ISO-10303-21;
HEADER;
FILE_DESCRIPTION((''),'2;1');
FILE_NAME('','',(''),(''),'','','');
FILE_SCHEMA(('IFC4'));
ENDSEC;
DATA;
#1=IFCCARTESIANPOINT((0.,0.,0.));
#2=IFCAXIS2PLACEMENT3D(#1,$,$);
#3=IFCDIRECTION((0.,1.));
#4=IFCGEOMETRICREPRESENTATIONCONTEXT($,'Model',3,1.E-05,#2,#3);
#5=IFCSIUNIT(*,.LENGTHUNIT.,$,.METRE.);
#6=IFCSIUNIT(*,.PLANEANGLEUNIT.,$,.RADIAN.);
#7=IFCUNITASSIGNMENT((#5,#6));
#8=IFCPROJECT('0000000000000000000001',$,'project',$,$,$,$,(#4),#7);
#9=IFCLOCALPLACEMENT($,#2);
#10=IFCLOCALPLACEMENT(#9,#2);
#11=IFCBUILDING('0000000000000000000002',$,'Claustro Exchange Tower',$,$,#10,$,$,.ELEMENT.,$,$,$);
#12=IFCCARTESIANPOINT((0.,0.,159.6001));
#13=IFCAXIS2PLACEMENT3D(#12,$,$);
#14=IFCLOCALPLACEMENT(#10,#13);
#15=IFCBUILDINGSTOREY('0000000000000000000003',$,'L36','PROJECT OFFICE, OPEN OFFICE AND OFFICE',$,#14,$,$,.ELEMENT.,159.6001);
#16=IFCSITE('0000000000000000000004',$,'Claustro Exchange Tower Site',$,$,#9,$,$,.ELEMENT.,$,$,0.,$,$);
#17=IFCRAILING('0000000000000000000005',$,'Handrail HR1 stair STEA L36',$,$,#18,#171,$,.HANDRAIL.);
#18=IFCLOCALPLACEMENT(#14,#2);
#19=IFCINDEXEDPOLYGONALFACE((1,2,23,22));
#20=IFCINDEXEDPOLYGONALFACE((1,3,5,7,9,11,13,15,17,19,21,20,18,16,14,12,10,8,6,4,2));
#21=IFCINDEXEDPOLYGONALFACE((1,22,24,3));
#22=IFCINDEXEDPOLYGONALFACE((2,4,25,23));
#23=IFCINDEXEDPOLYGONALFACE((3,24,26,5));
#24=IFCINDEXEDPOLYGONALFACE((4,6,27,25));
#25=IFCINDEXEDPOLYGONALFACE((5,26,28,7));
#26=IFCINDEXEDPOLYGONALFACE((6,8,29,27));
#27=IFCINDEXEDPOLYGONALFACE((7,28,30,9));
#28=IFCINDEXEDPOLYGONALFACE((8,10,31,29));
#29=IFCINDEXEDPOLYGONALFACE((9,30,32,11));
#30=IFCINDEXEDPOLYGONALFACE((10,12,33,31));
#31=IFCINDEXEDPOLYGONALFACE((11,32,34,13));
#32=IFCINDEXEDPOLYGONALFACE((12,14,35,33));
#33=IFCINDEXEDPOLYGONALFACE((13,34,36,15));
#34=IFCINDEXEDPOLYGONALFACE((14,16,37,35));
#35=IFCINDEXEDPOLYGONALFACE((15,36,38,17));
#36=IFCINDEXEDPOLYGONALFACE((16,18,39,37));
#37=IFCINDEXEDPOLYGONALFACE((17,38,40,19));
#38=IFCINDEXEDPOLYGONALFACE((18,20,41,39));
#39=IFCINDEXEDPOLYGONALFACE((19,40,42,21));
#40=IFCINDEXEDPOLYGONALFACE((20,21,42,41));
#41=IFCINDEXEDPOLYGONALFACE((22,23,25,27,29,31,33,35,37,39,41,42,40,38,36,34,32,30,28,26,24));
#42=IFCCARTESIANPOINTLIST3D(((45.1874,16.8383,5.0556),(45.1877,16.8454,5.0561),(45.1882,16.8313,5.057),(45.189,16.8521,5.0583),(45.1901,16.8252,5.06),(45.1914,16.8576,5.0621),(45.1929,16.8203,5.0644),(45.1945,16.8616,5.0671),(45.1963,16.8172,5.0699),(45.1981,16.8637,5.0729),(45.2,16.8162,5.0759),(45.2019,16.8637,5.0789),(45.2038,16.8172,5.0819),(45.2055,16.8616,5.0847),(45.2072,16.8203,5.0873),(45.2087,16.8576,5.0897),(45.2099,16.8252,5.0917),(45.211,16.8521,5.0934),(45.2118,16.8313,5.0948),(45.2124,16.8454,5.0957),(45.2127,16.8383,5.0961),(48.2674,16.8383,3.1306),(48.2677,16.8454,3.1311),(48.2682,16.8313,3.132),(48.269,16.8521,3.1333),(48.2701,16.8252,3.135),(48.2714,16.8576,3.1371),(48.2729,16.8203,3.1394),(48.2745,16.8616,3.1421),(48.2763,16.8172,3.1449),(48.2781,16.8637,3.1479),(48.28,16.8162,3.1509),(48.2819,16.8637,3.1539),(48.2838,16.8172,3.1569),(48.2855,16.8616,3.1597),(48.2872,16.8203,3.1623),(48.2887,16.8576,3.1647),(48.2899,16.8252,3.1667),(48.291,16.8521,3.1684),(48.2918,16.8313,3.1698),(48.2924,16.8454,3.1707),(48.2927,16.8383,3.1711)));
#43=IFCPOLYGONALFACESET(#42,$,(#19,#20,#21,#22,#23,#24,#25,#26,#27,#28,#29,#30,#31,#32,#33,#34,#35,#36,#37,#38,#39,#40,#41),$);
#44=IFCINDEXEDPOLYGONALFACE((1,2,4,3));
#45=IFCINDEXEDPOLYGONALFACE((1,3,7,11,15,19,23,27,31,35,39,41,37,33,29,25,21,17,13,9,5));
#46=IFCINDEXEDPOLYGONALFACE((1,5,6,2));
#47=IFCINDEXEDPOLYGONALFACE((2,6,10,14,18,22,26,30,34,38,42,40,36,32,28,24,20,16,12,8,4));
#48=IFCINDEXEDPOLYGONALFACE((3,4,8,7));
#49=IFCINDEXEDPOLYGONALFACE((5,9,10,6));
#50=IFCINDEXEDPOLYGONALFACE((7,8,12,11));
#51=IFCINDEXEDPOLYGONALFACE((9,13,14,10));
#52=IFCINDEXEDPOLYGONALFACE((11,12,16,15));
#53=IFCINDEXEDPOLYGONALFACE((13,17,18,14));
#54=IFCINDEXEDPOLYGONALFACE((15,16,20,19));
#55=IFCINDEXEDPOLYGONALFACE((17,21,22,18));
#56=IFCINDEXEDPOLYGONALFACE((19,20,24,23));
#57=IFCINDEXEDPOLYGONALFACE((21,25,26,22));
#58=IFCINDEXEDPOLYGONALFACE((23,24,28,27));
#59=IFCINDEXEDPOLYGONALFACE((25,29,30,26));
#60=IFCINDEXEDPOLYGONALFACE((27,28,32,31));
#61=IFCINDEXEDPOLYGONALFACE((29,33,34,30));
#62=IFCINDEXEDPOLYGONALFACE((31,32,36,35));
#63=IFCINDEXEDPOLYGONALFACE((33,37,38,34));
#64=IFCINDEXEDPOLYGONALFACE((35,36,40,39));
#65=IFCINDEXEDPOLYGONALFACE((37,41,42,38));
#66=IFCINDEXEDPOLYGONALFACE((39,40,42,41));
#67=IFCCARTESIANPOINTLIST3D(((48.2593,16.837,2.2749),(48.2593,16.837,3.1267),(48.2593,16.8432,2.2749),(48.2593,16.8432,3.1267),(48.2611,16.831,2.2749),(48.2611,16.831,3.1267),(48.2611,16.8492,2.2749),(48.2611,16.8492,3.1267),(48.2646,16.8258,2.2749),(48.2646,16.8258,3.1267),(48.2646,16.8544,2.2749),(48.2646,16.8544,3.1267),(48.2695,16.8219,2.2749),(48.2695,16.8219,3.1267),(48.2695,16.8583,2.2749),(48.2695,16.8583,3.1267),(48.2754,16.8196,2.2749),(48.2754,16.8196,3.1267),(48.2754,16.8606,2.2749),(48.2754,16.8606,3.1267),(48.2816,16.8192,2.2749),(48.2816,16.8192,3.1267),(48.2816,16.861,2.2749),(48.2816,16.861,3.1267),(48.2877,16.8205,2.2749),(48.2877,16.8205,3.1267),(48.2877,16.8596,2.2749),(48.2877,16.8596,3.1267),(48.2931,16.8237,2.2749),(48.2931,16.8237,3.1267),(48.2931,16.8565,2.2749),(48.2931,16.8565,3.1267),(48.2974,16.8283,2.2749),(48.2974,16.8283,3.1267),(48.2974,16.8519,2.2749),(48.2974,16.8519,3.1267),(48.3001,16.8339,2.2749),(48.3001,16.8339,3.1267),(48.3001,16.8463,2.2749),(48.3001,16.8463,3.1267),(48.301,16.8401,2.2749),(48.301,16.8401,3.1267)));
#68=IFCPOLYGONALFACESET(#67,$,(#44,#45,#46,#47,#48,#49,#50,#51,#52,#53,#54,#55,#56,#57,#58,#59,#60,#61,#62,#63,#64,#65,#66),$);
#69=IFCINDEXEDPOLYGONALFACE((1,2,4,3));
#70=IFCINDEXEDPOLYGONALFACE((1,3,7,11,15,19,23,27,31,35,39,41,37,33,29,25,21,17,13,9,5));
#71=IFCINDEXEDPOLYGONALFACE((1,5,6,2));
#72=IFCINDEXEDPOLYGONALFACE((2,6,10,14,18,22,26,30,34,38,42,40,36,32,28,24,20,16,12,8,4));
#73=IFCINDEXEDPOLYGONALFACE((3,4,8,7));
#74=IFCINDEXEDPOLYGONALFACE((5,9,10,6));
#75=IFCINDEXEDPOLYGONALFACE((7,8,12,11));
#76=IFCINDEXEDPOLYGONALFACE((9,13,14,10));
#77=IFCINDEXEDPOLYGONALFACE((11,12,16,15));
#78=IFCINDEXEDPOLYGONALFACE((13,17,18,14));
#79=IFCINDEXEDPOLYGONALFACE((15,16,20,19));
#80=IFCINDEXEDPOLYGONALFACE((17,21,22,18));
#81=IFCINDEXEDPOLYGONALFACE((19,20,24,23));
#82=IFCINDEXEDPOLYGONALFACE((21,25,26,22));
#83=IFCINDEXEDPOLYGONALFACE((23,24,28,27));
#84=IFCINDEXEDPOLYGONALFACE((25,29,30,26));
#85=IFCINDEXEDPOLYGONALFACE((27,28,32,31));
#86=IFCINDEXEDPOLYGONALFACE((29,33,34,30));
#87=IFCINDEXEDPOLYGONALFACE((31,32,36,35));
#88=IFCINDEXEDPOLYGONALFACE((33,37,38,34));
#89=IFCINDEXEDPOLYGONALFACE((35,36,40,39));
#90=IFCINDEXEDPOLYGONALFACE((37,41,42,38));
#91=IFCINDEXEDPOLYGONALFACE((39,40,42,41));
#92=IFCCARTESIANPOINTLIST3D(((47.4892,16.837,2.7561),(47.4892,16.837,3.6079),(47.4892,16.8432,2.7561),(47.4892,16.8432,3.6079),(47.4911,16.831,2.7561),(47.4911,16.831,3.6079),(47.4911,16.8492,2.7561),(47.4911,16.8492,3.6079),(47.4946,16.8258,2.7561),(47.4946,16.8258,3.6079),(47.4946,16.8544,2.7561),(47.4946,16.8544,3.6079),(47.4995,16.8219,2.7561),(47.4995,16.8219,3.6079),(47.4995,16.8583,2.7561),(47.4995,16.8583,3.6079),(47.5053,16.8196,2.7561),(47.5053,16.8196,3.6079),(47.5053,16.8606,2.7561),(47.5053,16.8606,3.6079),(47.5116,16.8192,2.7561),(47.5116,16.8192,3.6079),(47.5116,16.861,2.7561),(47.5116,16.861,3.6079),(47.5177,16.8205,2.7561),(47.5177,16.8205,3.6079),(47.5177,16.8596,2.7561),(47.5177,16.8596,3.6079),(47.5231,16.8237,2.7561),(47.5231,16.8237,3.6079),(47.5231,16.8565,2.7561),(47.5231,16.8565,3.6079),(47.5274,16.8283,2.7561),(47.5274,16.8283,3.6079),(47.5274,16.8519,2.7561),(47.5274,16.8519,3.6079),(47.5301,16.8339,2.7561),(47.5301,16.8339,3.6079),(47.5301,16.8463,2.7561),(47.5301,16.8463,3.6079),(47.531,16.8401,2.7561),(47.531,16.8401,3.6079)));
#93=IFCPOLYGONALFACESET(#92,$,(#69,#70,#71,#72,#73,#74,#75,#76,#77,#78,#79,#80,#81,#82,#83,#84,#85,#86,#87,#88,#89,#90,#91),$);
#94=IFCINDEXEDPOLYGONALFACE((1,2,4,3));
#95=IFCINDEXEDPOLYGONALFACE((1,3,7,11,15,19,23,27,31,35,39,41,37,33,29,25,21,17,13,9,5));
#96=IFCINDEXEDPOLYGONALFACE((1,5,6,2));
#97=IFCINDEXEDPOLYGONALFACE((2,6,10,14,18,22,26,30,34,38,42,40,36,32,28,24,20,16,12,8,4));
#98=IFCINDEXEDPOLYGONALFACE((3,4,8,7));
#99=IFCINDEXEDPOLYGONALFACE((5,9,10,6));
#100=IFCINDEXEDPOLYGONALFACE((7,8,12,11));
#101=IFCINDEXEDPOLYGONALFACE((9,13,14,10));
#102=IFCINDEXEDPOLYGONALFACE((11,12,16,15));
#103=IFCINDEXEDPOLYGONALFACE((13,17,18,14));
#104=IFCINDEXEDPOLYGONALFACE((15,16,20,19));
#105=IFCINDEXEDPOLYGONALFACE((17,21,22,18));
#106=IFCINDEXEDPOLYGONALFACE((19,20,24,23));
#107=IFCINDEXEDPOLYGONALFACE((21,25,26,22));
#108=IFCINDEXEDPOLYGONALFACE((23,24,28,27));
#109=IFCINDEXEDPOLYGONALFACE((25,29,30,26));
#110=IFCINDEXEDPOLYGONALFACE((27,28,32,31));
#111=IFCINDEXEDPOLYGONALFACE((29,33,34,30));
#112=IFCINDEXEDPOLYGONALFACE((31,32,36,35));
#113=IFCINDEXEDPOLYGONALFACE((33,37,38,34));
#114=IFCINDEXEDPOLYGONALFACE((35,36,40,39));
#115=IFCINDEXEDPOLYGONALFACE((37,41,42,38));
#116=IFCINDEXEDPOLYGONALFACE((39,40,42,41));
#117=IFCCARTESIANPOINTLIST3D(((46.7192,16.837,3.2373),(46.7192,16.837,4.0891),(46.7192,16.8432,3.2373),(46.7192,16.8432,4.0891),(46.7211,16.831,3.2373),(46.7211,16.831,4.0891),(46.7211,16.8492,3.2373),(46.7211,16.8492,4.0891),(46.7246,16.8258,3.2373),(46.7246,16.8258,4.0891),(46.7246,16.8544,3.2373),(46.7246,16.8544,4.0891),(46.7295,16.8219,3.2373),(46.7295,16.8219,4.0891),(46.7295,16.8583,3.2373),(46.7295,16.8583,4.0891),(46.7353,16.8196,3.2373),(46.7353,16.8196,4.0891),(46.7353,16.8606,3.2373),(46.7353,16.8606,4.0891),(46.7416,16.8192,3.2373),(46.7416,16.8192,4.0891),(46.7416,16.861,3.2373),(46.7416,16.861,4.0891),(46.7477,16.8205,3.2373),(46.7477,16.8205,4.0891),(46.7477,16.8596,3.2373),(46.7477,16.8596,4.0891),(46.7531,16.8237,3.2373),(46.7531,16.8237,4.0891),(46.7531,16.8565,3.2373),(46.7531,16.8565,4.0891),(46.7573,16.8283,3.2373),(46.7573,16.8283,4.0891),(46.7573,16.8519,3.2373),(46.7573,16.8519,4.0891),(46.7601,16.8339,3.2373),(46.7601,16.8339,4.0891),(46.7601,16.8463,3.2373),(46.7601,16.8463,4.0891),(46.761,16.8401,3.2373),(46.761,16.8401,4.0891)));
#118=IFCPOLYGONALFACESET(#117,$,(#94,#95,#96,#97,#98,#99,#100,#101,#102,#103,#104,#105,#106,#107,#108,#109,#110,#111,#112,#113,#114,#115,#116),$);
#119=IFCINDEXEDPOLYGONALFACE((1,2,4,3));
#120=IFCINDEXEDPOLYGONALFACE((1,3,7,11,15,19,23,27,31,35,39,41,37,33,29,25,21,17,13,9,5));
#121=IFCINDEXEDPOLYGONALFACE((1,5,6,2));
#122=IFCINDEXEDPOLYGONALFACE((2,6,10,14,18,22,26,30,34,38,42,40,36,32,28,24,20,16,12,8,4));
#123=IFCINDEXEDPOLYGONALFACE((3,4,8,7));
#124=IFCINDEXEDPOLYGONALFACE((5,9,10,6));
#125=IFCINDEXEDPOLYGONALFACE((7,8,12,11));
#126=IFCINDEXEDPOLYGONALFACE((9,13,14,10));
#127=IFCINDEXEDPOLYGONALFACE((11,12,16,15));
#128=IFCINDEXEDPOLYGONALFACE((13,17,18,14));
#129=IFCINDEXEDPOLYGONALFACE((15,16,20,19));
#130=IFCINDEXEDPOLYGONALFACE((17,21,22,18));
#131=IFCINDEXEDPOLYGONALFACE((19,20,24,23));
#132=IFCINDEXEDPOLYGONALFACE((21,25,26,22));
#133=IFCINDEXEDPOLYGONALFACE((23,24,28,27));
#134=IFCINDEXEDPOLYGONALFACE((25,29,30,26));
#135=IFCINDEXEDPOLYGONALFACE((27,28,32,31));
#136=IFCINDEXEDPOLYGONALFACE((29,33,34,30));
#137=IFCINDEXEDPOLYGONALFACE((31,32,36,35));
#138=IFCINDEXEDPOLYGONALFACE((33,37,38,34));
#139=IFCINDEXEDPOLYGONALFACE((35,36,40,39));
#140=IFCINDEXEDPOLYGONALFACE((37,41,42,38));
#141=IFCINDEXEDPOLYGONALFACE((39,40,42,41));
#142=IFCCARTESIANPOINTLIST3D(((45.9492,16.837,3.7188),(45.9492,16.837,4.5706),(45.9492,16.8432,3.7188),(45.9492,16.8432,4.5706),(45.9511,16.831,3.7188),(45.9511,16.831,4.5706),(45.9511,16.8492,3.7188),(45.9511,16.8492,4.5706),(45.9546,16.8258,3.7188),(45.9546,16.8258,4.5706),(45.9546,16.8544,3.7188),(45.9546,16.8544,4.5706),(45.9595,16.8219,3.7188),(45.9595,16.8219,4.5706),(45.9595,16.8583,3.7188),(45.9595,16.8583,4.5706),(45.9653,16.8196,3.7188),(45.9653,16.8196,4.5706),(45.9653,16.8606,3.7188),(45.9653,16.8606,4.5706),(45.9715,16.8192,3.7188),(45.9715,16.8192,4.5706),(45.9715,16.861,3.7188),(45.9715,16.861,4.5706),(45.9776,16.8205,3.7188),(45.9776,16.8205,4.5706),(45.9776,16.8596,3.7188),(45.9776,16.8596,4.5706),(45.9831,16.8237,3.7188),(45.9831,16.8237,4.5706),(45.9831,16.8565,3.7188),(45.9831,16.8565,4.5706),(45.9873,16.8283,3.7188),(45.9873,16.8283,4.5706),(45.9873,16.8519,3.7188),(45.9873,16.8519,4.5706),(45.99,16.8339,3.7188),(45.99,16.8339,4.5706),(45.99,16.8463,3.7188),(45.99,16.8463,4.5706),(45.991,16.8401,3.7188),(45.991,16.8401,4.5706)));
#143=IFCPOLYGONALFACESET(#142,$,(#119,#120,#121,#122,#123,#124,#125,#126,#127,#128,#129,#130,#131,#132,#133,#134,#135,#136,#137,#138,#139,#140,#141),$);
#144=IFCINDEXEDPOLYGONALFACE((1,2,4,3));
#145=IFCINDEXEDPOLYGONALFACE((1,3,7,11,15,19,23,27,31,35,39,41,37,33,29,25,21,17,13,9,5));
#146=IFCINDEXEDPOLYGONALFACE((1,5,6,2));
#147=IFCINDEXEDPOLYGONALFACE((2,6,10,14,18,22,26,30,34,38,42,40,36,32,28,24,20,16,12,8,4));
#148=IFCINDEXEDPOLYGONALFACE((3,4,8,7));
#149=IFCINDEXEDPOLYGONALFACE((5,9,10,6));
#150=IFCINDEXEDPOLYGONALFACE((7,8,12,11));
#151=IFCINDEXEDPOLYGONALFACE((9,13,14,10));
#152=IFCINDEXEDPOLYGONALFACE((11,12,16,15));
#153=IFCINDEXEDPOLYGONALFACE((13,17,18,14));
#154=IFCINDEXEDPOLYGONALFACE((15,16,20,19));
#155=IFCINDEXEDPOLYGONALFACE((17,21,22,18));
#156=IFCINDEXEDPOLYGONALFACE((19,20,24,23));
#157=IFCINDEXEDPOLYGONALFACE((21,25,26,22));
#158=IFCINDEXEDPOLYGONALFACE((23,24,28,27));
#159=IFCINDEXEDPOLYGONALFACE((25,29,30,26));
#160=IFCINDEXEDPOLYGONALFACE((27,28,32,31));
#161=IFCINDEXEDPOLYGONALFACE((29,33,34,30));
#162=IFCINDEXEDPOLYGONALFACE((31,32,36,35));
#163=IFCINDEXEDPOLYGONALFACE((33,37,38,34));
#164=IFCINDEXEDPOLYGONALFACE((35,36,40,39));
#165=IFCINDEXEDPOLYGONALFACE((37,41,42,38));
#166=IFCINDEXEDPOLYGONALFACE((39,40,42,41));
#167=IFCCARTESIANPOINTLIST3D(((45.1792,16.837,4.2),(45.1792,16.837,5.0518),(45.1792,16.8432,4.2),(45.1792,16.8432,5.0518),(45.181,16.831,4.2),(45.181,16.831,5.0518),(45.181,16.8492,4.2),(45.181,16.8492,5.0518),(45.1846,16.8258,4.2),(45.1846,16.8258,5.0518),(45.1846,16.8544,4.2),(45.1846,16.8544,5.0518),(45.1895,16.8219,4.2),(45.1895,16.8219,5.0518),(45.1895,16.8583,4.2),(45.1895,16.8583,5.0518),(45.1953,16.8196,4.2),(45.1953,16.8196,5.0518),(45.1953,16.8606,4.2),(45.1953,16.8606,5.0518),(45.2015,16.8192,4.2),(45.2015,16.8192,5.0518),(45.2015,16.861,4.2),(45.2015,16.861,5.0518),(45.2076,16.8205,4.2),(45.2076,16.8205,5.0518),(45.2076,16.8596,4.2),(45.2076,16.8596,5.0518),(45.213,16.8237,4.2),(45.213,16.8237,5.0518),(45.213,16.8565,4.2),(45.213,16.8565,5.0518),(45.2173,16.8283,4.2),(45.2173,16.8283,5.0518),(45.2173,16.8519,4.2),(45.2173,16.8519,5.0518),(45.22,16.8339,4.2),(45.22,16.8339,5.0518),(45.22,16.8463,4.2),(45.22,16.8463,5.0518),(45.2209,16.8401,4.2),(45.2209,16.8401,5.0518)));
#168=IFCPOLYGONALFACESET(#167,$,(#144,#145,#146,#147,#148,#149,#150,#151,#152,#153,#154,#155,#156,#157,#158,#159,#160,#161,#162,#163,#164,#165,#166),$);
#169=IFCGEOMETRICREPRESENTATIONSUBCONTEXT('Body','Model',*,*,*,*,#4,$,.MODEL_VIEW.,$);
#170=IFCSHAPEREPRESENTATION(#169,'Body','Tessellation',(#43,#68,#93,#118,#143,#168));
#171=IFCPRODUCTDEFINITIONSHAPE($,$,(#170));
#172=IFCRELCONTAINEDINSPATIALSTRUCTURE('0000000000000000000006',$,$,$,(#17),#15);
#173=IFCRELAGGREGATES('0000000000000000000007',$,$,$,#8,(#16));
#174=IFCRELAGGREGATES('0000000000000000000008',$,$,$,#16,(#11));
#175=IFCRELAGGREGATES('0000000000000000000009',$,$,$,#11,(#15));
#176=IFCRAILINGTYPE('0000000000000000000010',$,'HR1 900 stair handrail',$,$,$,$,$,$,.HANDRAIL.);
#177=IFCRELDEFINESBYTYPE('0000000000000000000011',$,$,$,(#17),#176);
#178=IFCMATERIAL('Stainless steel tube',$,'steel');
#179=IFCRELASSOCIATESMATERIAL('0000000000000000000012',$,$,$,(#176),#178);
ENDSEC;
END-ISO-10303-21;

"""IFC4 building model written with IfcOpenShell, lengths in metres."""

from ifc_helpers import new_model, si_unit, direction, frame, origin, origin_2d, place, context, subcontext, project, spatial, circle, extrude, material, type_object, element, save


model = new_model("IFC4")

# Units and contexts
model_context = context("Model", 3, precision=1e-05, world=origin(), true_north=direction((0.0, 1.0)))
body_context = subcontext(model_context, "Body", "Model", "MODEL_VIEW")
ifc_project = project(units=[si_unit("LENGTHUNIT", "METRE"), si_unit("PLANEANGLEUNIT", "RADIAN")], contexts=[model_context])

# Site, building, storey
site_placement = place(None, origin())
site = spatial("IfcSite", under=ifc_project, at=site_placement, Name="Claustro Exchange Tower Site", CompositionType="ELEMENT", RefElevation=0.0)
building_placement = place(site_placement, origin())
building = spatial("IfcBuilding", under=site, at=building_placement, Name="Claustro Exchange Tower", CompositionType="ELEMENT")
storey_placement = place(building_placement, frame((0.0, 0.0, 159.6001)))
storey = spatial("IfcBuildingStorey", under=building, at=storey_placement, Name="L36", Description="PROJECT OFFICE, OPEN OFFICE AND OFFICE", CompositionType="ELEMENT", Elevation=159.6001)

# Railing
ifc_material_1 = material(Name="Stainless steel tube", Category="steel")
railing_type = type_object("IfcRailingType", Name="HR1 900 stair handrail", PredefinedType="HANDRAIL", material=ifc_material_1)
railing_placement = place(storey_placement, frame((48.28, 16.8401, 2.2749)))
element("IfcRailing", 1, at=railing_placement, inside=storey, type_object=railing_type, Name="Handrail HR1 stair STEA L36", PredefinedType="HANDRAIL", context=body_context, shape_type="SweptSolid", body=[
    extrude(circle(Radius=0.0239, at=origin_2d()), frame((0.0, 0.0, 0.876), z_axis=(-0.847998, 0.0, 0.529999), x_axis=(0.0, -1.0, 0.0)), (0.0, 0.0, 1.0), 3.6321),
    extrude(circle(Radius=0.021, at=origin_2d()), origin(), (0.0, 0.0, 1.0), 0.8518),
    extrude(circle(Radius=0.021, at=origin_2d()), frame((-0.77, 0.0, 0.4812)), (0.0, 0.0, 1.0), 0.8518),
    extrude(circle(Radius=0.021, at=origin_2d()), frame((-1.54, 0.0, 0.9624)), (0.0, 0.0, 1.0), 0.8518),
    extrude(circle(Radius=0.021, at=origin_2d()), frame((-2.3101, 0.0, 1.4438)), (0.0, 0.0, 1.0), 0.8518),
    extrude(circle(Radius=0.021, at=origin_2d()), frame((-3.0801, 0.0, 1.925)), (0.0, 0.0, 1.0), 0.8518),
])

save(model, "model.ifc")
